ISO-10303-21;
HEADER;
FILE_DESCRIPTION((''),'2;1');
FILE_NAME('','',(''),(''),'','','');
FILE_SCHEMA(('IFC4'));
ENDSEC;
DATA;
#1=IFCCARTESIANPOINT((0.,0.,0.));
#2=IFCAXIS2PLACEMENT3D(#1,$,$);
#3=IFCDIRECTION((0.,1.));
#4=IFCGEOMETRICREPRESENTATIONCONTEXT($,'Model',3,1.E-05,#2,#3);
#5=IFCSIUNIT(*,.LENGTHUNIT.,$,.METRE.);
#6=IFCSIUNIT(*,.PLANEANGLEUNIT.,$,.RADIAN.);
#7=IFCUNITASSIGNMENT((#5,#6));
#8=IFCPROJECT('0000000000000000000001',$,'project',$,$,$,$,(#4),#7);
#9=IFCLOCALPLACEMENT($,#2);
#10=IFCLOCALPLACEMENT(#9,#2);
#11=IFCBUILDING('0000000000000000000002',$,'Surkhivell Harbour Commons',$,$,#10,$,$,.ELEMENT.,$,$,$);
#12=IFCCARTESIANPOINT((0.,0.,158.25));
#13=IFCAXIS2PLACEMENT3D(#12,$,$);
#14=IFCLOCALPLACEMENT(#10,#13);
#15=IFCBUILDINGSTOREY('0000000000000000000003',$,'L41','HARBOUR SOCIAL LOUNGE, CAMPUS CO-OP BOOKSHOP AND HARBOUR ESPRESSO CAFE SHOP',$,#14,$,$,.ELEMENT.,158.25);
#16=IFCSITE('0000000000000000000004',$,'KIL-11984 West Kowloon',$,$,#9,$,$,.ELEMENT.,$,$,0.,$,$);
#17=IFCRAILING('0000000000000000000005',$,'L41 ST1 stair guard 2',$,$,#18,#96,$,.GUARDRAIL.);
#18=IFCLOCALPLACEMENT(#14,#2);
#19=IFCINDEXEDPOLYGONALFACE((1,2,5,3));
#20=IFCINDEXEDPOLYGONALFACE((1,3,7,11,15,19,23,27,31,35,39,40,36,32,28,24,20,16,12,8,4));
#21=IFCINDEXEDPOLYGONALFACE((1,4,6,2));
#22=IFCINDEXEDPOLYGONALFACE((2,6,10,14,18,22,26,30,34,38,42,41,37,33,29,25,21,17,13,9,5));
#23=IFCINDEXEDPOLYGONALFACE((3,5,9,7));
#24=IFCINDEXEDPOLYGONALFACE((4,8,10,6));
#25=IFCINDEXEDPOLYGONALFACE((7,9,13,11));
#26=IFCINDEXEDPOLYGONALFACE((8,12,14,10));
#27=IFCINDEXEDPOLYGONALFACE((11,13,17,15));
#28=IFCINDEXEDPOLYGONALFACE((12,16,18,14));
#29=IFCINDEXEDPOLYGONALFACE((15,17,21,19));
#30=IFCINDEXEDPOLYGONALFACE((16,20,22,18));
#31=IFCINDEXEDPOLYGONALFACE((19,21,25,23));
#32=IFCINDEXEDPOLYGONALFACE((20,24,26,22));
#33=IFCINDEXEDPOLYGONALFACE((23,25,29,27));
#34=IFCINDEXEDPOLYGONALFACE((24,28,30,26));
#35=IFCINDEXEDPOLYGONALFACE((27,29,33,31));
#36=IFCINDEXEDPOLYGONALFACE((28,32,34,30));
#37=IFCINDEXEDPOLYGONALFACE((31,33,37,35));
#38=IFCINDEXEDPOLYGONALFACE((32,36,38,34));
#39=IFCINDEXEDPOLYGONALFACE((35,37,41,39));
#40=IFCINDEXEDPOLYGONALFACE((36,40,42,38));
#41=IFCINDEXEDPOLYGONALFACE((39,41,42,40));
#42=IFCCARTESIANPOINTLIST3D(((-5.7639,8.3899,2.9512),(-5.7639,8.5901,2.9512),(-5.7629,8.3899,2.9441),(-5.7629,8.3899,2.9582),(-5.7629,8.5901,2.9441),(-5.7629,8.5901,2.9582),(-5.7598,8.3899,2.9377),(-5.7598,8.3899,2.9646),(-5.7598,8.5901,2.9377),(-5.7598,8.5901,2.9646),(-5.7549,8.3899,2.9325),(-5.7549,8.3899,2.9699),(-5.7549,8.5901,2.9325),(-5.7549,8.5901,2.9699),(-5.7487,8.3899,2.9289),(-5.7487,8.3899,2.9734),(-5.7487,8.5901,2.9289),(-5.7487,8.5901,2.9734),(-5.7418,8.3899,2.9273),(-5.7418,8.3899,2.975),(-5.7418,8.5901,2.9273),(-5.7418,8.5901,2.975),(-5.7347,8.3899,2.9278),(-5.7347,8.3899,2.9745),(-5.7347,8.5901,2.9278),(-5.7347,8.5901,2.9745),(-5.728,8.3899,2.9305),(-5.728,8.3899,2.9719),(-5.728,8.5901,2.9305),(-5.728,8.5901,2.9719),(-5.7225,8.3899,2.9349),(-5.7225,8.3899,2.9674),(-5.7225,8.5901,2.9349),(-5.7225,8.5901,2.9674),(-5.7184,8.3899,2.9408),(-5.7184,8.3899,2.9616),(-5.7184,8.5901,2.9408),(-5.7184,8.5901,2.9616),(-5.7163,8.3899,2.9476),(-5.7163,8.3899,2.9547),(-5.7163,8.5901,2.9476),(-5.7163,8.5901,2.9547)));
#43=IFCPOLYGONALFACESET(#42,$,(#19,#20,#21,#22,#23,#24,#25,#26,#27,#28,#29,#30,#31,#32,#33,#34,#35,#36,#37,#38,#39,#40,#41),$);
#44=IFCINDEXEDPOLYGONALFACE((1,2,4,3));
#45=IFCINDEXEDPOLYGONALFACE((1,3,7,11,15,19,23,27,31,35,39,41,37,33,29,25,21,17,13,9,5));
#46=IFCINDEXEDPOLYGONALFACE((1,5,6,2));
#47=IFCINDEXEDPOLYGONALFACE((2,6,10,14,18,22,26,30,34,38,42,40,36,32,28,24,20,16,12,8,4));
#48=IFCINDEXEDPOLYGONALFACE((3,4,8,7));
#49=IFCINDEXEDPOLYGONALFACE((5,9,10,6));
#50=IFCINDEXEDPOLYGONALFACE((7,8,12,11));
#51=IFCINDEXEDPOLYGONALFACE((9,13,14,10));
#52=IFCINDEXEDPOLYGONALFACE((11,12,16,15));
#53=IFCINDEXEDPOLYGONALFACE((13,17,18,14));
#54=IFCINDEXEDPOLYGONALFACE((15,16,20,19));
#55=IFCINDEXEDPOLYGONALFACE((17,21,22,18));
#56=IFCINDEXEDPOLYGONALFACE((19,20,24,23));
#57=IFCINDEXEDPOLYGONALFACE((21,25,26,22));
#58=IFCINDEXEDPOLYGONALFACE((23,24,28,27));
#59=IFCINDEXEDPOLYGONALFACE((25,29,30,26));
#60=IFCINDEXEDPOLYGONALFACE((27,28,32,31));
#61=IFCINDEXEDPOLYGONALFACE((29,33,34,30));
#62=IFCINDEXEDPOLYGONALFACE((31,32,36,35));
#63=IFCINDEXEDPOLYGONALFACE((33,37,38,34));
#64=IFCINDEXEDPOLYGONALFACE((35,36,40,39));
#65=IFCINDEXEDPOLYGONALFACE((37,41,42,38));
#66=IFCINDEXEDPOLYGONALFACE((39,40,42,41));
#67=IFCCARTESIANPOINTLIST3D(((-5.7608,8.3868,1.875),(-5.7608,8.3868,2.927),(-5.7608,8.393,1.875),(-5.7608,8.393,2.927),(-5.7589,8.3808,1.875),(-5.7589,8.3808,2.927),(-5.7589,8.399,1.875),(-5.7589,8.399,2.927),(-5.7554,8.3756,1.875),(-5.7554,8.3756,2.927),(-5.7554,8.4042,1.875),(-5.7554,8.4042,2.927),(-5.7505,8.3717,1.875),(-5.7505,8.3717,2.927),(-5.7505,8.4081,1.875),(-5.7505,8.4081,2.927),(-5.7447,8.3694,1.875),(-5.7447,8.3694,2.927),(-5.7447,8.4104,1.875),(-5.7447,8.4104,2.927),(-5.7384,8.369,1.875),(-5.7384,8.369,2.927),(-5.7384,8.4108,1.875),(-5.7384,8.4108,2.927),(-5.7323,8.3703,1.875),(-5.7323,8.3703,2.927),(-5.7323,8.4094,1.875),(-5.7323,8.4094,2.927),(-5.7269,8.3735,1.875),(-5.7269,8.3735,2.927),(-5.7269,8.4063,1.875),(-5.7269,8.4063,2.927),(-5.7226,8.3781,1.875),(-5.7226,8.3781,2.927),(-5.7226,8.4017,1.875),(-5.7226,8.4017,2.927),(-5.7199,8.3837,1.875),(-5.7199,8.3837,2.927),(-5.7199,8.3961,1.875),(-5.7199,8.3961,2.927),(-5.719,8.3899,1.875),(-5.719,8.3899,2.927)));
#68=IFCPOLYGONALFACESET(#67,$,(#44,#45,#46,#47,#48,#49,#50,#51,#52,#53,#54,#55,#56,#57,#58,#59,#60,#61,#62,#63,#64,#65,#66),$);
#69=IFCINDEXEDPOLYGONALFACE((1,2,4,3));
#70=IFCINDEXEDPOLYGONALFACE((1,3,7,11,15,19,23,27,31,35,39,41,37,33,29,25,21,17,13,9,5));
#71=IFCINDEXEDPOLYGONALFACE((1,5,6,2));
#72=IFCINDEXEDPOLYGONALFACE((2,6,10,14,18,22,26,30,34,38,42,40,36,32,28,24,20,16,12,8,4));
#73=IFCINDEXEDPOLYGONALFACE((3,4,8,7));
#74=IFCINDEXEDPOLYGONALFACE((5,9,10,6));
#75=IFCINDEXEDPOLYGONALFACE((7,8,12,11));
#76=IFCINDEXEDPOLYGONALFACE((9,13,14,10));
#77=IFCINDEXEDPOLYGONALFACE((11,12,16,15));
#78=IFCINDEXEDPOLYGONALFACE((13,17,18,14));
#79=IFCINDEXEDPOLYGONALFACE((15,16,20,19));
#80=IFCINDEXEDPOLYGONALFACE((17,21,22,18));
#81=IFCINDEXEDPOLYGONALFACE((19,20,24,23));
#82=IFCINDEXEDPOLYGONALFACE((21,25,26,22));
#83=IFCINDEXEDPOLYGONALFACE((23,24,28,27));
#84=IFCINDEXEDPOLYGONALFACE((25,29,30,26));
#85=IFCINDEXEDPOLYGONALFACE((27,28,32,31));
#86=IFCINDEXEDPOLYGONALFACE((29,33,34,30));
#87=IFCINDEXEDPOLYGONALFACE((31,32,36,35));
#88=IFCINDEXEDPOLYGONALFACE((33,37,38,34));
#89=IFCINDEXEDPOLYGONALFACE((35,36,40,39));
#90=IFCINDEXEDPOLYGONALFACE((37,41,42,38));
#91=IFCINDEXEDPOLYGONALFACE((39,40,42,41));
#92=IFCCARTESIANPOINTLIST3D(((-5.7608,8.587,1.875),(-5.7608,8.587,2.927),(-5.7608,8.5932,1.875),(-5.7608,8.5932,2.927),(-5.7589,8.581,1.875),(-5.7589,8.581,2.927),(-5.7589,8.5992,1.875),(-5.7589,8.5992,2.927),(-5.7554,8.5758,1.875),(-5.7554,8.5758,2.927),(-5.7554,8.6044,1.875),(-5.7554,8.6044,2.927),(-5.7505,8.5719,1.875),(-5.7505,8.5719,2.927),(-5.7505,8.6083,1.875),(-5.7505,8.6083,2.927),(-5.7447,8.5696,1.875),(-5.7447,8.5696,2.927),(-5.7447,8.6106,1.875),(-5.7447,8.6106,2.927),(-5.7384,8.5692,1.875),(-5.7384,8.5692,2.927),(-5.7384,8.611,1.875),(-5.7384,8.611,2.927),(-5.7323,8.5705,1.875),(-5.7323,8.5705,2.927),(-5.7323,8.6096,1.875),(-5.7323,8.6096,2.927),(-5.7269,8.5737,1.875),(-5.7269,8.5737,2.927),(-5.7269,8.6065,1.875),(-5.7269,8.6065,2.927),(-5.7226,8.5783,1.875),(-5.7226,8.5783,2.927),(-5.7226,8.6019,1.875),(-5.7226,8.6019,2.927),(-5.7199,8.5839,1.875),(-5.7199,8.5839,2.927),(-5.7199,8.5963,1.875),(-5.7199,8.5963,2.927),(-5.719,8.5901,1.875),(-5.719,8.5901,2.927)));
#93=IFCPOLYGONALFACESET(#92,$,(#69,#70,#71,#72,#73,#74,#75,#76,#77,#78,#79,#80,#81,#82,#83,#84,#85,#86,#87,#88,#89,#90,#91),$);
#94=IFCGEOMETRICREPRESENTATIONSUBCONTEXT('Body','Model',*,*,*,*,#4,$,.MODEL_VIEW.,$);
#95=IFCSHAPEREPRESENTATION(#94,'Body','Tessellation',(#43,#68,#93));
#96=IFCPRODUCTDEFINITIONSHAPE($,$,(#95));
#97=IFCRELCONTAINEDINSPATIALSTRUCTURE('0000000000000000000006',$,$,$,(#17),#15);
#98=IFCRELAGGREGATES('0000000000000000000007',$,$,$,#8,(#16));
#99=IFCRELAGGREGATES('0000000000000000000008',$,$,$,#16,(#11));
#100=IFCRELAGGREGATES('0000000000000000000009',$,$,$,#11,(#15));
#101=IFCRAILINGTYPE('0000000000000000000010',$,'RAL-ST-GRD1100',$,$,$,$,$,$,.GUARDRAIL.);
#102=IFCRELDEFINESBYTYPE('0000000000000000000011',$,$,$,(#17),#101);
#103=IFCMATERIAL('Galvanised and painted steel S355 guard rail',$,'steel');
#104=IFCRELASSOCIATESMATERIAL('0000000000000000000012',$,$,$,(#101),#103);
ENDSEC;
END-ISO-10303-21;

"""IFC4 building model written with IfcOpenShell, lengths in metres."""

from ifc_helpers import new_model, si_unit, direction, frame, origin, origin_2d, place, context, subcontext, project, spatial, circle, extrude, material, type_object, element, save


model = new_model("IFC4")

# Units and contexts
model_context = context("Model", 3, precision=1e-05, world=origin(), true_north=direction((0.0, 1.0)))
body_context = subcontext(model_context, "Body", "Model", "MODEL_VIEW")
ifc_project = project(units=[si_unit("LENGTHUNIT", "METRE"), si_unit("PLANEANGLEUNIT", "RADIAN")], contexts=[model_context])

# Site, building, storey
site_placement = place(None, origin())
site = spatial("IfcSite", under=ifc_project, at=site_placement, Name="KIL-11984 West Kowloon", CompositionType="ELEMENT", RefElevation=0.0)
building_placement = place(site_placement, origin())
building = spatial("IfcBuilding", under=site, at=building_placement, Name="Surkhivell Harbour Commons", CompositionType="ELEMENT")
storey_placement = place(building_placement, frame((0.0, 0.0, 158.25)))
storey = spatial("IfcBuildingStorey", under=building, at=storey_placement, Name="L41", Description="HARBOUR SOCIAL LOUNGE, CAMPUS CO-OP BOOKSHOP AND HARBOUR ESPRESSO CAFE SHOP", CompositionType="ELEMENT", Elevation=158.25)

# Railing
ifc_material_1 = material(Name="Galvanised and painted steel S355 guard rail", Category="steel")
railing_type_1 = type_object("IfcRailingType", Name="RAL-ST-GRD1100", PredefinedType="GUARDRAIL", material=ifc_material_1)
railing_1_placement = place(storey_placement, frame((-5.74, 8.3899, 1.875)))
element("IfcRailing", 1, at=railing_1_placement, inside=storey, type_object=railing_type_1, Name="L41 ST1 stair guard 2", PredefinedType="GUARDRAIL", context=body_context, shape_type="SweptSolid", body=[
    extrude(circle(Radius=0.0239, at=origin_2d()), frame((0.0, 0.0, 1.0762), z_axis=(0.0, 1.0, 0.0), x_axis=(-1.0, 0.0, 0.0)), (0.0, 0.0, 1.0), 0.2002),
    extrude(circle(Radius=0.021, at=origin_2d()), origin(), (0.0, 0.0, 1.0), 1.052),
    extrude(circle(Radius=0.021, at=origin_2d()), frame((0.0, 0.2002, 0.0)), (0.0, 0.0, 1.0), 1.052),
])

save(model, "model.ifc")
